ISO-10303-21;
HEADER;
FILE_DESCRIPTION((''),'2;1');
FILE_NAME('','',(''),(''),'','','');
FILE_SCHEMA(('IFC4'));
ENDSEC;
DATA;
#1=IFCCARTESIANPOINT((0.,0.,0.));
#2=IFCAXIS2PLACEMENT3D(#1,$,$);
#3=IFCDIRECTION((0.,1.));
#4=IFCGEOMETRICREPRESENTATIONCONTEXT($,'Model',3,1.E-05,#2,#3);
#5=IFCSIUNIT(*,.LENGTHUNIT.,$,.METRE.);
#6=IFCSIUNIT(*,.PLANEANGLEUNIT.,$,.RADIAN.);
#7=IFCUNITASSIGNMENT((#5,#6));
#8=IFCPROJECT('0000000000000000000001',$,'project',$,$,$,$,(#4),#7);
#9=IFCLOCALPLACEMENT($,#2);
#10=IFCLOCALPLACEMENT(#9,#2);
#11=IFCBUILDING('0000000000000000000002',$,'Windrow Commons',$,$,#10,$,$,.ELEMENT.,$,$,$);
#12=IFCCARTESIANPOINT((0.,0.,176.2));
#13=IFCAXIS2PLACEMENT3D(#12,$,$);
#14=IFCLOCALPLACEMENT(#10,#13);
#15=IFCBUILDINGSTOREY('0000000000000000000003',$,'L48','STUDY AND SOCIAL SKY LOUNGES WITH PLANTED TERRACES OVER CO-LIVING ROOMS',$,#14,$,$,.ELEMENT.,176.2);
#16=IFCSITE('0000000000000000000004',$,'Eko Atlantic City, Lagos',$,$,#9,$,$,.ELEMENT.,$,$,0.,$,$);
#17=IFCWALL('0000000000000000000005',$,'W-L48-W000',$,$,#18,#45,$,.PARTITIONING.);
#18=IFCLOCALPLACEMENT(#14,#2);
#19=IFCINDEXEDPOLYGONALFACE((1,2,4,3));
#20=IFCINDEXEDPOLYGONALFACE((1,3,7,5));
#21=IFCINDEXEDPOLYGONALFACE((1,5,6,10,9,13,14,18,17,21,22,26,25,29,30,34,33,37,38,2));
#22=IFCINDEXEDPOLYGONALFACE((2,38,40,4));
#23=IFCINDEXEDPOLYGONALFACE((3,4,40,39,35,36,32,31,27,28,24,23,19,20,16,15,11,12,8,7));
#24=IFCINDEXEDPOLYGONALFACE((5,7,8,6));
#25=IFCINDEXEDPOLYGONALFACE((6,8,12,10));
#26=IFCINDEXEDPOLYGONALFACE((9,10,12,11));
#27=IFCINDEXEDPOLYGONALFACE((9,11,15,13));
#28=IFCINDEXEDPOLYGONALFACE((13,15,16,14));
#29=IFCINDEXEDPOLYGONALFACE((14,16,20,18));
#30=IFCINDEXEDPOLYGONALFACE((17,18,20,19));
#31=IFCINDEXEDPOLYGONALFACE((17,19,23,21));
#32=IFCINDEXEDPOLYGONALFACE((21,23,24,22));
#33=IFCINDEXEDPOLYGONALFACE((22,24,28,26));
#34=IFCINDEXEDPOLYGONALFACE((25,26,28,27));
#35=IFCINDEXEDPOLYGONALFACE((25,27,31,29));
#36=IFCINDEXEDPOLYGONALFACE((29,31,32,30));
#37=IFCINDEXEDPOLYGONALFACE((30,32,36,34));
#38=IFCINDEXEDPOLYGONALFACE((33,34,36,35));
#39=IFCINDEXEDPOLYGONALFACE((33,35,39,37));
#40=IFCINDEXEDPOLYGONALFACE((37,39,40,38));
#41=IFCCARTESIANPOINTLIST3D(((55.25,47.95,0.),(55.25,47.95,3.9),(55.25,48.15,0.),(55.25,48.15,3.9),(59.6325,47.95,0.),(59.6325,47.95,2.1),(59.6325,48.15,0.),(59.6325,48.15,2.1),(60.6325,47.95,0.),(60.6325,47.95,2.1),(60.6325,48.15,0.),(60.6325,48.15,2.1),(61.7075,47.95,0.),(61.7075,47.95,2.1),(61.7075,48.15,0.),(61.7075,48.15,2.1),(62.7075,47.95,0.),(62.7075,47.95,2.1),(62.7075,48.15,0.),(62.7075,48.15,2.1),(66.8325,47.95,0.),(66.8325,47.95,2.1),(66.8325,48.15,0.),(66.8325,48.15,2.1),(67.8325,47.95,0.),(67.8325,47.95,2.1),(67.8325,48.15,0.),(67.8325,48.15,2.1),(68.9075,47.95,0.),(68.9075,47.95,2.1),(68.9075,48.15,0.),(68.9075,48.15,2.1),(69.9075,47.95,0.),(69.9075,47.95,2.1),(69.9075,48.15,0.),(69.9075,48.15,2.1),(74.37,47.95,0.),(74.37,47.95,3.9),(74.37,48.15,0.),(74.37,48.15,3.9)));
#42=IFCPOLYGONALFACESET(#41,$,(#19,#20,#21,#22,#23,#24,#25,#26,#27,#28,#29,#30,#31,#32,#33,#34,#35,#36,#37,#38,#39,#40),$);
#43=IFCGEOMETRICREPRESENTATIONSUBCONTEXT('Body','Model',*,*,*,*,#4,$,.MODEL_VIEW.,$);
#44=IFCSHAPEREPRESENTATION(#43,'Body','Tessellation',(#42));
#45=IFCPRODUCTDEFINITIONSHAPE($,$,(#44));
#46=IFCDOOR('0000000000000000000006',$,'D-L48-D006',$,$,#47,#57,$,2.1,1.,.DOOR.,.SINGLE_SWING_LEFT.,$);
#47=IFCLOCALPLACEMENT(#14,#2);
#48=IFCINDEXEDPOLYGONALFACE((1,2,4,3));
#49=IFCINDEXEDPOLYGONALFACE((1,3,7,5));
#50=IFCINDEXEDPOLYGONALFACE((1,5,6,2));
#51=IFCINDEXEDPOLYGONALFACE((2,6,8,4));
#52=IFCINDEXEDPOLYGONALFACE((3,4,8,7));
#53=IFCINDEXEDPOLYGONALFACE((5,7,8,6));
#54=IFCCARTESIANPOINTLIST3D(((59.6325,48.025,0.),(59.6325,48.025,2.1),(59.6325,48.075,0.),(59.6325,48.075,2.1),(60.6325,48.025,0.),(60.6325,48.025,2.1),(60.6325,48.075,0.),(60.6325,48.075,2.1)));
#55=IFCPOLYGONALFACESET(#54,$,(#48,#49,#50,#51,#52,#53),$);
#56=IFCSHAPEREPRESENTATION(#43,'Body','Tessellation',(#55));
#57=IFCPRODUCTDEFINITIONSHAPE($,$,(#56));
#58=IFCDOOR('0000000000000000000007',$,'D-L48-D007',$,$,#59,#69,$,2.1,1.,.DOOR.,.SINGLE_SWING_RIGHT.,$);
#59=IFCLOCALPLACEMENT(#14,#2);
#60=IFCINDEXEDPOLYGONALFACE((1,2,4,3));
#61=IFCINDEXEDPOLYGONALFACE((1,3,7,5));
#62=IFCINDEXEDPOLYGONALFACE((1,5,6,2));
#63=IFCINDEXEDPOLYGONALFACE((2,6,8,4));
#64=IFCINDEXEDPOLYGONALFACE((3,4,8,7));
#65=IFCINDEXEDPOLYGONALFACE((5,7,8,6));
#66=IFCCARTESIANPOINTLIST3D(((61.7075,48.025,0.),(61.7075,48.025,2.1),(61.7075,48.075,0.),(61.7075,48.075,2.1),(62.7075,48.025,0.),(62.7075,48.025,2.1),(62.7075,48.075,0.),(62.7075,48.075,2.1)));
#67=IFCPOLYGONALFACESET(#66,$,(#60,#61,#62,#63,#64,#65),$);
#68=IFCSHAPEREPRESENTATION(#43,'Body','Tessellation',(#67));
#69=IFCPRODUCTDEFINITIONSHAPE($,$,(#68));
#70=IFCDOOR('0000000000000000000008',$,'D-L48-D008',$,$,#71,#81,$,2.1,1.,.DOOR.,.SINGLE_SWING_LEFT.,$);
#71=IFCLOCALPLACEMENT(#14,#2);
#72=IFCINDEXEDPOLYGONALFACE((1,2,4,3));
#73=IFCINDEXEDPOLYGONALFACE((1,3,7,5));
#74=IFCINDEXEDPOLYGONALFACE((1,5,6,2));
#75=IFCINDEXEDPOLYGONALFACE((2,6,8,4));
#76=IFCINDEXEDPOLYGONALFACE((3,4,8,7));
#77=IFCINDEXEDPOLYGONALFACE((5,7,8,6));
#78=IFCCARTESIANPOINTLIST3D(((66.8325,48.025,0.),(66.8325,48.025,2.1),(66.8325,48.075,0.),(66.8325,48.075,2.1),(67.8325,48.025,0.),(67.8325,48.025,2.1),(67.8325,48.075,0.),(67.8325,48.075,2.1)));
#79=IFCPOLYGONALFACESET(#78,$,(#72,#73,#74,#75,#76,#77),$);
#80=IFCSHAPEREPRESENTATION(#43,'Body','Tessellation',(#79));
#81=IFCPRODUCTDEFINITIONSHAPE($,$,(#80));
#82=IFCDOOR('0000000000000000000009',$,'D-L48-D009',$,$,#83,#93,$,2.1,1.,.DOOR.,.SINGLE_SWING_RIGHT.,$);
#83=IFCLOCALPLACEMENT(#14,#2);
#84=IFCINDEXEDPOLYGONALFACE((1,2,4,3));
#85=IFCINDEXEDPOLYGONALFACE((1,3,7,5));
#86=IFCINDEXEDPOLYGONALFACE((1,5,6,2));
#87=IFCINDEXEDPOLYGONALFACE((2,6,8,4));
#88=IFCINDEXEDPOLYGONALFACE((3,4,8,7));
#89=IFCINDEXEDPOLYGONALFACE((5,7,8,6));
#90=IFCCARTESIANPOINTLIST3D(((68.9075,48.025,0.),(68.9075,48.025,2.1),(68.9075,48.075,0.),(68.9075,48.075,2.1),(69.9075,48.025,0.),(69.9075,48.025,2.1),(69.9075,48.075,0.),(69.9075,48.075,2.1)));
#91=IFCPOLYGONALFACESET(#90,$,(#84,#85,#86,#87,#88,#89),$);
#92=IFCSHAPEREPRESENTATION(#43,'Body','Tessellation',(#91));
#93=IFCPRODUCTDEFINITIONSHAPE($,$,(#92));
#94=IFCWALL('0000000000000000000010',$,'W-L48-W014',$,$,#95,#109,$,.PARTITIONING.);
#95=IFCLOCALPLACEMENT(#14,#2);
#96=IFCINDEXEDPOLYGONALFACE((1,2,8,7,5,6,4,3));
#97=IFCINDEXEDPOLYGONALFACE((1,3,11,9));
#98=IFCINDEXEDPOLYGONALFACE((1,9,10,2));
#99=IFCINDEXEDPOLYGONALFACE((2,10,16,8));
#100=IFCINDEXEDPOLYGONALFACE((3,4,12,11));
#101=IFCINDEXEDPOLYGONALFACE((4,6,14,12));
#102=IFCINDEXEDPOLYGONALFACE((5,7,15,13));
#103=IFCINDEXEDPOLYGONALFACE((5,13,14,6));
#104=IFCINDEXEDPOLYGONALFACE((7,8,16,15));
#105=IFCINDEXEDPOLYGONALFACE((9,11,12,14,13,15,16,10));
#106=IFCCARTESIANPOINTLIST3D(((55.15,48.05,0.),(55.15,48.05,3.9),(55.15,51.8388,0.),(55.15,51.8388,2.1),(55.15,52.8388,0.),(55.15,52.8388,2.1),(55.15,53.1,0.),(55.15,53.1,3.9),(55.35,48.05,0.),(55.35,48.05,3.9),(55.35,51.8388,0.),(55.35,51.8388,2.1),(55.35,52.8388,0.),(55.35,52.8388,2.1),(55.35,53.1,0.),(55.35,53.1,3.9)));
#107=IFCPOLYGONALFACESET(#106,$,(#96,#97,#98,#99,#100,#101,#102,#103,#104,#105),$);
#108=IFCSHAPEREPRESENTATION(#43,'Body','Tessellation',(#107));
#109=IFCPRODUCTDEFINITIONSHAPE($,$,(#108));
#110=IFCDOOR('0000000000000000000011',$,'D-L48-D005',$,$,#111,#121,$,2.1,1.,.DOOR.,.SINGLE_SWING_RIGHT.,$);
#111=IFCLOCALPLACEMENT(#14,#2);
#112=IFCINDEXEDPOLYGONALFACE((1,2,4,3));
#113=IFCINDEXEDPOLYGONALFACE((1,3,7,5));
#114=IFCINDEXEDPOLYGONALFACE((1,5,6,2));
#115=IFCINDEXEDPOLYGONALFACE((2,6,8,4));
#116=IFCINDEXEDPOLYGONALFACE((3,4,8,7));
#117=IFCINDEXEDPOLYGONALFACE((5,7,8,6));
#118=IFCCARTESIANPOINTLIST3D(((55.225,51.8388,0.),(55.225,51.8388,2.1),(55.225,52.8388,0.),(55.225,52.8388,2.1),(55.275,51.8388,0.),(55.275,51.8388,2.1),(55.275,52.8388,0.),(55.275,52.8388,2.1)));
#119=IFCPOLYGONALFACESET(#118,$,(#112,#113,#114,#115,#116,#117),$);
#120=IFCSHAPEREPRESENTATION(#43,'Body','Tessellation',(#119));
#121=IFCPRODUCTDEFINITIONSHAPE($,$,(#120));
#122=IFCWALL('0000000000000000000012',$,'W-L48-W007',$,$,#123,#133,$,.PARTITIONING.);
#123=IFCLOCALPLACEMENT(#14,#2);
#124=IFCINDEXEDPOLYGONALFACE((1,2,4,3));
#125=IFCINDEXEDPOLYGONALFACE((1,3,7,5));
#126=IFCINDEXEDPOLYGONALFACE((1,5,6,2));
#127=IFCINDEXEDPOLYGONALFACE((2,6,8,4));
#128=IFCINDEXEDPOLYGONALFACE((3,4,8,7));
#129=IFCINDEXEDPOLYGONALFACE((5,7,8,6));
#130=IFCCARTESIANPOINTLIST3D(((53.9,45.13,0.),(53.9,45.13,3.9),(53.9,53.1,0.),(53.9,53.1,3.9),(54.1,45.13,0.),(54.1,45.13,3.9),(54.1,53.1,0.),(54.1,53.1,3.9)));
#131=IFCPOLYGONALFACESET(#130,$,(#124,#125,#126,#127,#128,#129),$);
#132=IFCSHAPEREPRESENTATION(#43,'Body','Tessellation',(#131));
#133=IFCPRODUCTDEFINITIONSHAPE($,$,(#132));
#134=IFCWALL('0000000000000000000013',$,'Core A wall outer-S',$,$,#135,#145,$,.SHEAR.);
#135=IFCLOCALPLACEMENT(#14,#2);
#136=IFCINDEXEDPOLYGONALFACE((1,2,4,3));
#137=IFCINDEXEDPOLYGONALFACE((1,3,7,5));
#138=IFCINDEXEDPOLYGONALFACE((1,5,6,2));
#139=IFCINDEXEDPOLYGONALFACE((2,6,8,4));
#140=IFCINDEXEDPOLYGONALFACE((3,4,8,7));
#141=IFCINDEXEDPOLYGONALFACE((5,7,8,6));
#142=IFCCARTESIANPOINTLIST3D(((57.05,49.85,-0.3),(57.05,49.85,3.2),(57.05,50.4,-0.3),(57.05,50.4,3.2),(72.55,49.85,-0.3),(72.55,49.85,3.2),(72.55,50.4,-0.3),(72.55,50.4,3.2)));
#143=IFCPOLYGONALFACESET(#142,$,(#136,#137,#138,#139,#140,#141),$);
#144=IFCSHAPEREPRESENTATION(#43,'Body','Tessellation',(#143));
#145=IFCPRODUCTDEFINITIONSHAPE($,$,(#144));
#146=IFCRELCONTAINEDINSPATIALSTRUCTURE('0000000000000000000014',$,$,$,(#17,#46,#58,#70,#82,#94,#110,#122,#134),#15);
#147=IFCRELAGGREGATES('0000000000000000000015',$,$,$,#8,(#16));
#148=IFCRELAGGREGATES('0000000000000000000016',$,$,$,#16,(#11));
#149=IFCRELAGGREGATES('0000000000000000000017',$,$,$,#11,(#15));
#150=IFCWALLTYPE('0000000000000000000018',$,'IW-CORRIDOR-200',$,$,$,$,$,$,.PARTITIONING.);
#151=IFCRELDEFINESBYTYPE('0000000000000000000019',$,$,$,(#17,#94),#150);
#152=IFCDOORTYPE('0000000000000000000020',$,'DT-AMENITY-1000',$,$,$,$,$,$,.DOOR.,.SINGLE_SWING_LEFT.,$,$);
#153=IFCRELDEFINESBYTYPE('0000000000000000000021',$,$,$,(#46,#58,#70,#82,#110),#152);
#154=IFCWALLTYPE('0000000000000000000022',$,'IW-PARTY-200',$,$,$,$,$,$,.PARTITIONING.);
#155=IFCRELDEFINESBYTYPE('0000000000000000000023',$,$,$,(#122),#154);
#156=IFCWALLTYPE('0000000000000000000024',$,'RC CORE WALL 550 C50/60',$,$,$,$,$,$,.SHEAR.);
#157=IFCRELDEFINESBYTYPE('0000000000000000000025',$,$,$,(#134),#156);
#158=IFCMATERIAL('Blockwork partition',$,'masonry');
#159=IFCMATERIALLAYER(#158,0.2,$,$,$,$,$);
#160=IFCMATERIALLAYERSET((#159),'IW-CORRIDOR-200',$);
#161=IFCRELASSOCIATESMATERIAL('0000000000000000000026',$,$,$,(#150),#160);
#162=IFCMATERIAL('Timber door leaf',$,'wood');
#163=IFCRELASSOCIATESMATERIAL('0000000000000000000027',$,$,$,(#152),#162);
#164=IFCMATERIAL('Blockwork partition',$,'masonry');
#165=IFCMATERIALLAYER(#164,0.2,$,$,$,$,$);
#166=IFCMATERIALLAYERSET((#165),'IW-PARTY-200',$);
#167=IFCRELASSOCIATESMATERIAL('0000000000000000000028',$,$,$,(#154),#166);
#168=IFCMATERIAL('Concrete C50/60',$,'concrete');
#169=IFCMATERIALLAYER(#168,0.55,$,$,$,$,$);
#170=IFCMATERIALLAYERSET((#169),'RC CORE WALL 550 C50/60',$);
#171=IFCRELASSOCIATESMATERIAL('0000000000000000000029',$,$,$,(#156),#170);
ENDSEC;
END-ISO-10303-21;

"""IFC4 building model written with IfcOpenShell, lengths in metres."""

from ifc_helpers import new_model, si_unit, direction, frame, frame_2d, origin, place, context, subcontext, project, spatial, rectangle, extrude, material, layer, layer_set, type_object, element, fill, save


model = new_model("IFC4")

# Units and contexts
model_context = context("Model", 3, precision=1e-05, world=origin(), true_north=direction((0.0, 1.0)))
body_context = subcontext(model_context, "Body", "Model", "MODEL_VIEW")
ifc_project = project(units=[si_unit("LENGTHUNIT", "METRE"), si_unit("PLANEANGLEUNIT", "RADIAN")], contexts=[model_context])

# Site, building, storey
site_placement = place(None, origin())
site = spatial("IfcSite", under=ifc_project, at=site_placement, Name="Eko Atlantic City, Lagos", CompositionType="ELEMENT", RefElevation=0.0)
building_placement = place(site_placement, origin())
building = spatial("IfcBuilding", under=site, at=building_placement, Name="Windrow Commons", CompositionType="ELEMENT")
storey_placement = place(building_placement, frame((0.0, 0.0, 176.2)))
storey = spatial("IfcBuildingStorey", under=building, at=storey_placement, Name="L48", Description="STUDY AND SOCIAL SKY LOUNGES WITH PLANTED TERRACES OVER CO-LIVING ROOMS", CompositionType="ELEMENT", Elevation=176.2)

# Wall, openings, doors
ifc_material_1 = material(Name="Blockwork partition", Category="masonry")
ifc_layer_1 = layer(ifc_material_1, 0.2)
ifc_layer_set_1 = layer_set([ifc_layer_1], Name="IW-CORRIDOR-200")
wall_type_1 = type_object("IfcWallType", Name="IW-CORRIDOR-200", PredefinedType="PARTITIONING", material=ifc_layer_set_1)
wall_1_placement = place(storey_placement, frame((55.25, 48.05, 0.0), z_axis=(0.0, 0.0, 1.0), x_axis=(1.0, 0.0, 0.0)))
wall_1 = element("IfcWall", 1, at=wall_1_placement, inside=storey, type_object=wall_type_1, Name="W-L48-W000", PredefinedType="PARTITIONING", context=body_context, shape_type="SweptSolid", body=[
    extrude(rectangle(XDim=19.12, YDim=0.2, at=frame_2d((9.56, 0.0))), origin(), (0.0, 0.0, 1.0), 3.9),
])
opening_1_placement = place(wall_1_placement, frame((4.3825, 0.0, 0.0)))
opening_1 = element("IfcOpeningElement", 2, at=opening_1_placement, cuts=wall_1, PredefinedType="OPENING", context=body_context, shape_type="SweptSolid", body=[
    extrude(rectangle(XDim=1.0, YDim=2.1, at=frame_2d((0.5, 1.05))), frame((0.0, 0.11, 0.0), z_axis=(0.0, -1.0, 0.0), x_axis=(1.0, 0.0, 0.0)), (0.0, 0.0, 1.0), 0.22),
])
opening_2_placement = place(wall_1_placement, frame((6.4575, 0.0, 0.0)))
opening_2 = element("IfcOpeningElement", 3, at=opening_2_placement, cuts=wall_1, PredefinedType="OPENING", context=body_context, shape_type="SweptSolid", body=[
    extrude(rectangle(XDim=1.0, YDim=2.1, at=frame_2d((0.5, 1.05))), frame((0.0, 0.11, 0.0), z_axis=(0.0, -1.0, 0.0), x_axis=(1.0, 0.0, 0.0)), (0.0, 0.0, 1.0), 0.22),
])
opening_3_placement = place(wall_1_placement, frame((11.5825, 0.0, 0.0)))
opening_3 = element("IfcOpeningElement", 4, at=opening_3_placement, cuts=wall_1, PredefinedType="OPENING", context=body_context, shape_type="SweptSolid", body=[
    extrude(rectangle(XDim=1.0, YDim=2.1, at=frame_2d((0.5, 1.05))), frame((0.0, 0.11, 0.0), z_axis=(0.0, -1.0, 0.0), x_axis=(1.0, 0.0, 0.0)), (0.0, 0.0, 1.0), 0.22),
])
opening_4_placement = place(wall_1_placement, frame((13.6575, 0.0, 0.0)))
opening_4 = element("IfcOpeningElement", 5, at=opening_4_placement, cuts=wall_1, PredefinedType="OPENING", context=body_context, shape_type="SweptSolid", body=[
    extrude(rectangle(XDim=1.0, YDim=2.1, at=frame_2d((0.5, 1.05))), frame((0.0, 0.11, 0.0), z_axis=(0.0, -1.0, 0.0), x_axis=(1.0, 0.0, 0.0)), (0.0, 0.0, 1.0), 0.22),
])
ifc_material_2 = material(Name="Timber door leaf", Category="wood")
door_type = type_object("IfcDoorType", Name="DT-AMENITY-1000", OperationType="SINGLE_SWING_LEFT", PredefinedType="DOOR", material=ifc_material_2)
door_1_placement = place(opening_1_placement, origin())
door_1 = element("IfcDoor", 6, at=door_1_placement, inside=storey, type_object=door_type, Name="D-L48-D006", OperationType="SINGLE_SWING_LEFT", OverallHeight=2.1, OverallWidth=1.0, PredefinedType="DOOR", context=body_context, shape_type="SweptSolid", body=[
    extrude(rectangle(XDim=1.0, YDim=2.1, at=frame_2d((0.5, 1.05))), frame((0.0, 0.025, 0.0), z_axis=(0.0, -1.0, 0.0), x_axis=(1.0, 0.0, 0.0)), (0.0, 0.0, 1.0), 0.05),
])
fill(opening_1, door_1)
door_2_placement = place(opening_2_placement, origin())
door_2 = element("IfcDoor", 7, at=door_2_placement, inside=storey, type_object=door_type, Name="D-L48-D007", OperationType="SINGLE_SWING_RIGHT", OverallHeight=2.1, OverallWidth=1.0, PredefinedType="DOOR", context=body_context, shape_type="SweptSolid", body=[
    extrude(rectangle(XDim=1.0, YDim=2.1, at=frame_2d((0.5, 1.05))), frame((0.0, 0.025, 0.0), z_axis=(0.0, -1.0, 0.0), x_axis=(1.0, 0.0, 0.0)), (0.0, 0.0, 1.0), 0.05),
])
fill(opening_2, door_2)
door_3_placement = place(opening_3_placement, origin())
door_3 = element("IfcDoor", 8, at=door_3_placement, inside=storey, type_object=door_type, Name="D-L48-D008", OperationType="SINGLE_SWING_LEFT", OverallHeight=2.1, OverallWidth=1.0, PredefinedType="DOOR", context=body_context, shape_type="SweptSolid", body=[
    extrude(rectangle(XDim=1.0, YDim=2.1, at=frame_2d((0.5, 1.05))), frame((0.0, 0.025, 0.0), z_axis=(0.0, -1.0, 0.0), x_axis=(1.0, 0.0, 0.0)), (0.0, 0.0, 1.0), 0.05),
])
fill(opening_3, door_3)
door_4_placement = place(opening_4_placement, origin())
door_4 = element("IfcDoor", 9, at=door_4_placement, inside=storey, type_object=door_type, Name="D-L48-D009", OperationType="SINGLE_SWING_RIGHT", OverallHeight=2.1, OverallWidth=1.0, PredefinedType="DOOR", context=body_context, shape_type="SweptSolid", body=[
    extrude(rectangle(XDim=1.0, YDim=2.1, at=frame_2d((0.5, 1.05))), frame((0.0, 0.025, 0.0), z_axis=(0.0, -1.0, 0.0), x_axis=(1.0, 0.0, 0.0)), (0.0, 0.0, 1.0), 0.05),
])
fill(opening_4, door_4)

# Wall, opening, door
wall_2_placement = place(storey_placement, frame((55.25, 48.05, 0.0), z_axis=(0.0, 0.0, 1.0), x_axis=(0.0, 1.0, 0.0)))
wall_2 = element("IfcWall", 10, at=wall_2_placement, inside=storey, type_object=wall_type_1, Name="W-L48-W014", PredefinedType="PARTITIONING", context=body_context, shape_type="SweptSolid", body=[
    extrude(rectangle(XDim=5.05, YDim=0.2, at=frame_2d((2.525, 0.0))), origin(), (0.0, 0.0, 1.0), 3.9),
])
opening_5_placement = place(wall_2_placement, frame((3.7888, 0.0, 0.0)))
opening_5 = element("IfcOpeningElement", 11, at=opening_5_placement, cuts=wall_2, PredefinedType="OPENING", context=body_context, shape_type="SweptSolid", body=[
    extrude(rectangle(XDim=1.0, YDim=2.1, at=frame_2d((0.5, 1.05))), frame((0.0, 0.11, 0.0), z_axis=(0.0, -1.0, 0.0), x_axis=(1.0, 0.0, 0.0)), (0.0, 0.0, 1.0), 0.22),
])
door_5_placement = place(opening_5_placement, origin())
door_5 = element("IfcDoor", 12, at=door_5_placement, inside=storey, type_object=door_type, Name="D-L48-D005", OperationType="SINGLE_SWING_RIGHT", OverallHeight=2.1, OverallWidth=1.0, PredefinedType="DOOR", context=body_context, shape_type="SweptSolid", body=[
    extrude(rectangle(XDim=1.0, YDim=2.1, at=frame_2d((0.5, 1.05))), frame((0.0, 0.025, 0.0), z_axis=(0.0, -1.0, 0.0), x_axis=(1.0, 0.0, 0.0)), (0.0, 0.0, 1.0), 0.05),
])
fill(opening_5, door_5)

# Walls
ifc_material_3 = material(Name="Blockwork partition", Category="masonry")
ifc_layer_2 = layer(ifc_material_3, 0.2)
ifc_layer_set_2 = layer_set([ifc_layer_2], Name="IW-PARTY-200")
wall_type_2 = type_object("IfcWallType", Name="IW-PARTY-200", PredefinedType="PARTITIONING", material=ifc_layer_set_2)
wall_3_placement = place(storey_placement, frame((54.0, 45.13, 0.0), z_axis=(0.0, 0.0, 1.0), x_axis=(0.0, 1.0, 0.0)))
element("IfcWall", 13, at=wall_3_placement, inside=storey, type_object=wall_type_2, Name="W-L48-W007", PredefinedType="PARTITIONING", context=body_context, shape_type="SweptSolid", body=[
    extrude(rectangle(XDim=7.97, YDim=0.2, at=frame_2d((3.985, 0.0))), origin(), (0.0, 0.0, 1.0), 3.9),
])
ifc_material_4 = material(Name="Concrete C50/60", Category="concrete")
ifc_layer_3 = layer(ifc_material_4, 0.55)
ifc_layer_set_3 = layer_set([ifc_layer_3], Name="RC CORE WALL 550 C50/60")
wall_type_3 = type_object("IfcWallType", Name="RC CORE WALL 550 C50/60", PredefinedType="SHEAR", material=ifc_layer_set_3)
wall_4_placement = place(storey_placement, frame((57.05, 50.125, -0.3), z_axis=(0.0, 0.0, 1.0), x_axis=(1.0, 0.0, 0.0)))
element("IfcWall", 14, at=wall_4_placement, inside=storey, type_object=wall_type_3, Name="Core A wall outer-S", PredefinedType="SHEAR", context=body_context, shape_type="SweptSolid", body=[
    extrude(rectangle(XDim=15.5, YDim=0.55, at=frame_2d((7.75, 0.0))), origin(), (0.0, 0.0, 1.0), 3.5),
])

save(model, "model.ifc")
